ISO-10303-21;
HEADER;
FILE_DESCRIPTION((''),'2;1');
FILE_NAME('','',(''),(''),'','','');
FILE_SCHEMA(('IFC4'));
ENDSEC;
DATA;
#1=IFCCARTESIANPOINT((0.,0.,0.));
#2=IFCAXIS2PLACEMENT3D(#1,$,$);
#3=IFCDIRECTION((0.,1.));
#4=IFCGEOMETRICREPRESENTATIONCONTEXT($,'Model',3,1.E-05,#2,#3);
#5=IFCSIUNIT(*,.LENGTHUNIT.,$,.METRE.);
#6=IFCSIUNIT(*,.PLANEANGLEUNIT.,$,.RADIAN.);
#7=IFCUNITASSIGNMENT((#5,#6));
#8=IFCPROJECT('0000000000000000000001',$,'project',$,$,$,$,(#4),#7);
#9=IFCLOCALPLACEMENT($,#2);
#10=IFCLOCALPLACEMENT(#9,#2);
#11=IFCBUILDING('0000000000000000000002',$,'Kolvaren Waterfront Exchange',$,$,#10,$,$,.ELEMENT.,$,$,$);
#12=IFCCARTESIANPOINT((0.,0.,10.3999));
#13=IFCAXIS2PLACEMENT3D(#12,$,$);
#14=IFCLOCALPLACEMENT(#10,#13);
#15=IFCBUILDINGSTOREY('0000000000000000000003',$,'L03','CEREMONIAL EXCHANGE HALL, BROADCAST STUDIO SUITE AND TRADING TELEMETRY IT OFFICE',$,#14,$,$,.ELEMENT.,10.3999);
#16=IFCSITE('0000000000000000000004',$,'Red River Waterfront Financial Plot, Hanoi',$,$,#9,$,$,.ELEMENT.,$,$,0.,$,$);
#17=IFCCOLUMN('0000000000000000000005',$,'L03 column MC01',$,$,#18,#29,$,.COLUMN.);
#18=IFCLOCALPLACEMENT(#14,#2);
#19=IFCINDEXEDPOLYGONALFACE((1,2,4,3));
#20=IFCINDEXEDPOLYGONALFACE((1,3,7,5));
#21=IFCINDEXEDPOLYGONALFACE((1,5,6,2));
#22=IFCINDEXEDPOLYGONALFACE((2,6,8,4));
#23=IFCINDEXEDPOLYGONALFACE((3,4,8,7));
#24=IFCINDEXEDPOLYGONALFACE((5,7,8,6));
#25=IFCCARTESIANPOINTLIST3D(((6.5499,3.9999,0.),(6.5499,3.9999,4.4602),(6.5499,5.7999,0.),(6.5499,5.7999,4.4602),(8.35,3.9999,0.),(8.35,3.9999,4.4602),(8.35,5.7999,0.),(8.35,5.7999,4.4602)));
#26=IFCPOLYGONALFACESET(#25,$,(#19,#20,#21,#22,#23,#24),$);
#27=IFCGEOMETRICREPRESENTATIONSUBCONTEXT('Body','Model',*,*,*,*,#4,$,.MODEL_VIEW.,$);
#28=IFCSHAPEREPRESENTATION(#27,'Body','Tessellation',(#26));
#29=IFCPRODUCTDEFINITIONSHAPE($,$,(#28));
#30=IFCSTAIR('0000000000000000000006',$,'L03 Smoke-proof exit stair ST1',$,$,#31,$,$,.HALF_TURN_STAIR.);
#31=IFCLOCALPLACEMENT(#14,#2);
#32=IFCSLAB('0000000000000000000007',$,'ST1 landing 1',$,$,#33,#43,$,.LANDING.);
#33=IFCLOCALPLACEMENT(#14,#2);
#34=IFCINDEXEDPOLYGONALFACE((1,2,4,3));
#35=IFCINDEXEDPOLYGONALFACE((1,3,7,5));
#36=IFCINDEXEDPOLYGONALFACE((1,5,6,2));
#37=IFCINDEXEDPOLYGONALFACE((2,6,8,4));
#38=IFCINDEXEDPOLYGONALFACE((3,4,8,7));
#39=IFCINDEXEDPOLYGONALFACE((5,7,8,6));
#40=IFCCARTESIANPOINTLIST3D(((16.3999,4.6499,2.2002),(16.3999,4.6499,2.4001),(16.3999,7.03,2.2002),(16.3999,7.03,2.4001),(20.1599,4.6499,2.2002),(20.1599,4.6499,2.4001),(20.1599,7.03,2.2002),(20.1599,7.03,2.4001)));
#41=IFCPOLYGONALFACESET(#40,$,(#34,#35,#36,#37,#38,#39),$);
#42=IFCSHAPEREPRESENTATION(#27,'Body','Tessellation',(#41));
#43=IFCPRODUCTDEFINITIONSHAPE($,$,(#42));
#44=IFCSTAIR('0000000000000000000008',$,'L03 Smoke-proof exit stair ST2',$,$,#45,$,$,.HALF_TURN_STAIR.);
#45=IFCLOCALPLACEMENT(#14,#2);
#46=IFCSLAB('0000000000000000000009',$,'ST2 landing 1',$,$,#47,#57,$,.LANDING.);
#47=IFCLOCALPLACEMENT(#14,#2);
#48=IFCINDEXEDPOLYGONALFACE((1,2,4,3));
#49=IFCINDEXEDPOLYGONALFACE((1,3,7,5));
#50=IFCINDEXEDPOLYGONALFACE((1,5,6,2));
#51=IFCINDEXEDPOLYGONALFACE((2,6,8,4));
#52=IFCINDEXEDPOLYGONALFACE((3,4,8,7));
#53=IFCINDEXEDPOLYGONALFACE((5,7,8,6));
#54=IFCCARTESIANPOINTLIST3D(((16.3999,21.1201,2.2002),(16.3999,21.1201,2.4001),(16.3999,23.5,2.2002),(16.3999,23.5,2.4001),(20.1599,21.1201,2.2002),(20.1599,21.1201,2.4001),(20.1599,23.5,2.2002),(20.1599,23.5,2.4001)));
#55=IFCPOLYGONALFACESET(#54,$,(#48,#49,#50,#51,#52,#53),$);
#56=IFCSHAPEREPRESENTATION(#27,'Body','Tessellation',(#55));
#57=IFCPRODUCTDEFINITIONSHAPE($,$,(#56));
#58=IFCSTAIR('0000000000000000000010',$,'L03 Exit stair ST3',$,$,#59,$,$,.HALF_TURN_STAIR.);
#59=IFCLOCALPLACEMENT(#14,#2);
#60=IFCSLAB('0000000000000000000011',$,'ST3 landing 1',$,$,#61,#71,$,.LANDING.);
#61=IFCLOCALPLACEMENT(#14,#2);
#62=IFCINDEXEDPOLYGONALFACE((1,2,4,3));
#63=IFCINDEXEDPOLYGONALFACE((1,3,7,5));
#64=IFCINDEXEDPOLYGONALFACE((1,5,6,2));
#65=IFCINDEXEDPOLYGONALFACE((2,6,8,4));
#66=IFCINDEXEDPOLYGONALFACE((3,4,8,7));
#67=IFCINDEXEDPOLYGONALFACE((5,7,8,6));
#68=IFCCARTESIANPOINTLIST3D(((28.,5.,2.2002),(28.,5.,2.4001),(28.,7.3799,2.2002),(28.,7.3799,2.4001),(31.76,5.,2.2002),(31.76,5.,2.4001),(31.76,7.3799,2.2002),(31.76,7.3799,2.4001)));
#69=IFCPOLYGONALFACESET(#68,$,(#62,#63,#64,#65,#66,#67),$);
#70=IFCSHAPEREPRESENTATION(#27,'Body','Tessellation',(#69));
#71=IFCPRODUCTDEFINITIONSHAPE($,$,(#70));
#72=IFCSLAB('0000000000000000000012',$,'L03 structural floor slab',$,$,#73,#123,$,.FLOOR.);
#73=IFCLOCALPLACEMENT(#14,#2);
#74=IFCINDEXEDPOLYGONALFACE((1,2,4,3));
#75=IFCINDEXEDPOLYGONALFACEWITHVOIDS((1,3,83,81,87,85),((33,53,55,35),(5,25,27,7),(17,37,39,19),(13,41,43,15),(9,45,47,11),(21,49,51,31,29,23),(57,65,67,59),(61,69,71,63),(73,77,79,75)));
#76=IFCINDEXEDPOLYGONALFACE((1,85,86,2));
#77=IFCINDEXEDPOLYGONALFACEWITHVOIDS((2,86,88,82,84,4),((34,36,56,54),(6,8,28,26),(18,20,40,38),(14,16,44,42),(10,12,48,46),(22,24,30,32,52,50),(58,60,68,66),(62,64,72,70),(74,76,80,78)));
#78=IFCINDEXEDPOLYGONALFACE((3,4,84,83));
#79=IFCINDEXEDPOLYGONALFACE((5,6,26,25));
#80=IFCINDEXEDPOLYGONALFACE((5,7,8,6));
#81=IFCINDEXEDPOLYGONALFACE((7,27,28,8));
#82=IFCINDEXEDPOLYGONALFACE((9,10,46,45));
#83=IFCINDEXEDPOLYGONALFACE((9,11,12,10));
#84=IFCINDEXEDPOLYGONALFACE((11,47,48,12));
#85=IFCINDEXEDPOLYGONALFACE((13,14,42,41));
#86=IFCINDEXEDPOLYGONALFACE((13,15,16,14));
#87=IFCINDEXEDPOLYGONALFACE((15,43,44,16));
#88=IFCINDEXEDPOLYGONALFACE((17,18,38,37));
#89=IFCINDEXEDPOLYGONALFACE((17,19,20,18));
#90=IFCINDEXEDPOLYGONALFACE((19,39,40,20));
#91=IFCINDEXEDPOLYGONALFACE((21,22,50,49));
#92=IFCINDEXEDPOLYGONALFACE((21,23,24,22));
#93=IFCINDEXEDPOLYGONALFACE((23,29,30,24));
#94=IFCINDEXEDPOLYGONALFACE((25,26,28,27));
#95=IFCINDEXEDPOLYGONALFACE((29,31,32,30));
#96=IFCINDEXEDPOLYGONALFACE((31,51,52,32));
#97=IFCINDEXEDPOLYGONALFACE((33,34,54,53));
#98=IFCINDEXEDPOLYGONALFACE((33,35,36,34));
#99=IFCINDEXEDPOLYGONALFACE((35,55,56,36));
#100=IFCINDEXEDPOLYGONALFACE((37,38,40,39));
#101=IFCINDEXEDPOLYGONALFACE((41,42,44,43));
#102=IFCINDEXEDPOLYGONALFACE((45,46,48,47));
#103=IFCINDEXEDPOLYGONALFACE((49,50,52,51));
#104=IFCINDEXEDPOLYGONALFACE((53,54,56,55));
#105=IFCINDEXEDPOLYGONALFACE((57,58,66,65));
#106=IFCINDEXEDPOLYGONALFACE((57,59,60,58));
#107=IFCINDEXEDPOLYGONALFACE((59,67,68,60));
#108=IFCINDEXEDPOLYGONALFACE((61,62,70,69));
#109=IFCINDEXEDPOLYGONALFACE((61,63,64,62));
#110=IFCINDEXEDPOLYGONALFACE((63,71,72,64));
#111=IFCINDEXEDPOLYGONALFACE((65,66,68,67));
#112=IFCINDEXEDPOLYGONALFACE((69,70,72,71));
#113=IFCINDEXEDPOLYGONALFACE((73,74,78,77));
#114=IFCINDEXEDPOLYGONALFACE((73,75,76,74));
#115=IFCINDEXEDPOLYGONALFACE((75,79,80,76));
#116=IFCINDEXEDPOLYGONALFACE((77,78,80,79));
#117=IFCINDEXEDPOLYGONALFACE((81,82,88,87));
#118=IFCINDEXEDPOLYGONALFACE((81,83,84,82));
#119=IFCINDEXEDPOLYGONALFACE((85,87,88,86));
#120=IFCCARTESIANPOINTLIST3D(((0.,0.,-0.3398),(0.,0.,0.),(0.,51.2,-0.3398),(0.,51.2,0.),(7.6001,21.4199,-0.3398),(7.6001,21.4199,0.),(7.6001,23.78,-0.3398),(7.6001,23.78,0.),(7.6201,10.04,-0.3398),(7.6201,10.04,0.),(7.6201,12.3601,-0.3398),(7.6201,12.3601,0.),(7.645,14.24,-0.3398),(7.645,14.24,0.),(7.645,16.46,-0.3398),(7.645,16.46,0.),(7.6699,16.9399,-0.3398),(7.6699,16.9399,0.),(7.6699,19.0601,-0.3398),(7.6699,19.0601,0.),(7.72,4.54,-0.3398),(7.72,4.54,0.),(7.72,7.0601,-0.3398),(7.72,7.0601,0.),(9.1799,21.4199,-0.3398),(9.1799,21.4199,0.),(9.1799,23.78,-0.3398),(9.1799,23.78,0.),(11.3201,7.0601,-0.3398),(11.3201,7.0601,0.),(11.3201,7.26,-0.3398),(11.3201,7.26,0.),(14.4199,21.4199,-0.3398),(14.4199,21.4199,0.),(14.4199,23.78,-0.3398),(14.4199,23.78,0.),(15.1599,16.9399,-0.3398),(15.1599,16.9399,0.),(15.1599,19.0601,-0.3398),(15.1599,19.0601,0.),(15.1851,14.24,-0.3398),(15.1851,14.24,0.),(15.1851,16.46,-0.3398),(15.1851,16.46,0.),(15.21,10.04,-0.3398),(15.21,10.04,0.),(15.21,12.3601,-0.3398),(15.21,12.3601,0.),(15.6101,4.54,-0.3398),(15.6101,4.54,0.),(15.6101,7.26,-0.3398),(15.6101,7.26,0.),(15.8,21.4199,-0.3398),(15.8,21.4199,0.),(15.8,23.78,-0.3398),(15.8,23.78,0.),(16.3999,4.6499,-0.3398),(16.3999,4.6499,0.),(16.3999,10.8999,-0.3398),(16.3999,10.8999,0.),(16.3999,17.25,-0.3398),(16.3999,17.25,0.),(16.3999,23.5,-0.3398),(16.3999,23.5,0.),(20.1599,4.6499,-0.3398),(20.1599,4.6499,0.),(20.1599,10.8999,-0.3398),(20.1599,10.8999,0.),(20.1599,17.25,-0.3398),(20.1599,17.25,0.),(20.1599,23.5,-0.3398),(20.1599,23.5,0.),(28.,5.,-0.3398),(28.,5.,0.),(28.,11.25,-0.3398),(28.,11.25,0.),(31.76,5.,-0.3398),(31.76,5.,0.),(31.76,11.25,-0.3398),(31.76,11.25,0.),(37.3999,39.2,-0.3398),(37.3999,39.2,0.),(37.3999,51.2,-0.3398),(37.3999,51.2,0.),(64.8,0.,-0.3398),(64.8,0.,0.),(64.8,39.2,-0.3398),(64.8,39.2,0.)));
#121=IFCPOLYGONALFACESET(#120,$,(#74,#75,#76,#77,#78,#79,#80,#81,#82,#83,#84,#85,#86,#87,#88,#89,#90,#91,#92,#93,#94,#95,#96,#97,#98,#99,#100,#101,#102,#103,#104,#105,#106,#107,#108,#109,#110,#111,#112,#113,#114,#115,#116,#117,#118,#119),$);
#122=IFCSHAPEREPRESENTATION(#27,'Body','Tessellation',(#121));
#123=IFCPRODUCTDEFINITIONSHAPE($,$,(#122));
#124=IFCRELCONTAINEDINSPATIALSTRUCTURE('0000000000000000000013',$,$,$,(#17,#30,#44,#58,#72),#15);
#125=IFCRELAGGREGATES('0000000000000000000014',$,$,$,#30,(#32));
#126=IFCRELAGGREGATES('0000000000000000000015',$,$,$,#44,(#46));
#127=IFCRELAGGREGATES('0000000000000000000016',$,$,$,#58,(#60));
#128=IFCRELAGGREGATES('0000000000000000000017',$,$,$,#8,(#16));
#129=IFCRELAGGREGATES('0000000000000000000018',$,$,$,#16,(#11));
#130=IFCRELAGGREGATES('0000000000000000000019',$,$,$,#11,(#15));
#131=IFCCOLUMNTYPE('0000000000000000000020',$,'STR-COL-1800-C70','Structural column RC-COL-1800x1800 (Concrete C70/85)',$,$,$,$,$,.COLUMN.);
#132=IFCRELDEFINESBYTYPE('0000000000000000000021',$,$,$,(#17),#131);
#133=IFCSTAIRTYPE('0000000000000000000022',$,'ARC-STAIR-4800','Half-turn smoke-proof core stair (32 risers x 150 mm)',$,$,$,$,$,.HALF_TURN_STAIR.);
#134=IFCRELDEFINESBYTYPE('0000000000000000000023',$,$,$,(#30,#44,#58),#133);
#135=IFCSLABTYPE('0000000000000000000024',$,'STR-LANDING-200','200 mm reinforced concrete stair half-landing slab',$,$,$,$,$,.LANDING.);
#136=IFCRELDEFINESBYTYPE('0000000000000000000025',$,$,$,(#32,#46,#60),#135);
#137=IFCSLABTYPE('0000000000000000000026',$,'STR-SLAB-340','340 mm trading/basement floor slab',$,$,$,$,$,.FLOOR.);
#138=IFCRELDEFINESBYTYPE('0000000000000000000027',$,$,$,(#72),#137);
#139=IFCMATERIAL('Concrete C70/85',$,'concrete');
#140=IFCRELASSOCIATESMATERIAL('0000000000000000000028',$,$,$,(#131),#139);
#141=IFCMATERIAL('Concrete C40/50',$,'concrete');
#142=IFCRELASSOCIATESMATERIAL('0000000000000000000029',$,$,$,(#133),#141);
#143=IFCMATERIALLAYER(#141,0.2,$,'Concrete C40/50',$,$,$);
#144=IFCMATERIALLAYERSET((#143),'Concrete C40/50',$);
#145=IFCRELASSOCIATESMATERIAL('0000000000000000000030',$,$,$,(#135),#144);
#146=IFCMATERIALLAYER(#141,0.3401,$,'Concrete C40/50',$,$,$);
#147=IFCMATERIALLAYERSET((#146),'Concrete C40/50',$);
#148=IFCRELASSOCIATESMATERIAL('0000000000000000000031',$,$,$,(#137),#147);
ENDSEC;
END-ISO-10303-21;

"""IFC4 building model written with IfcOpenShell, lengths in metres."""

from ifc_helpers import new_model, si_unit, direction, frame, origin, origin_2d, place, context, subcontext, project, spatial, polyline, rectangle, outline, extrude, material, layer, layer_set, material_profile, profile_set, type_object, element, aggregate, save


model = new_model("IFC4")

# Units and contexts
model_context = context("Model", 3, precision=1e-05, world=origin(), true_north=direction((0.0, 1.0)))
body_context = subcontext(model_context, "Body", "Model", "MODEL_VIEW")
ifc_project = project(units=[si_unit("LENGTHUNIT", "METRE"), si_unit("PLANEANGLEUNIT", "RADIAN")], contexts=[model_context])

# Site, building, storey
site_placement = place(None, origin())
site = spatial("IfcSite", under=ifc_project, at=site_placement, Name="Red River Waterfront Financial Plot, Hanoi", CompositionType="ELEMENT", RefElevation=0.0)
building_placement = place(site_placement, origin())
building = spatial("IfcBuilding", under=site, at=building_placement, Name="Kolvaren Waterfront Exchange", CompositionType="ELEMENT")
storey_placement = place(building_placement, frame((0.0, 0.0, 10.3999)))
storey = spatial("IfcBuildingStorey", under=building, at=storey_placement, Name="L03", Description="CEREMONIAL EXCHANGE HALL, BROADCAST STUDIO SUITE AND TRADING TELEMETRY IT OFFICE", CompositionType="ELEMENT", Elevation=10.3999)

# Column
ifc_material_1 = material(Name="Concrete C70/85", Category="concrete")
ifc_material_profile = material_profile(ifc_material_1, rectangle(XDim=1.8, YDim=1.8, at=origin_2d()), Name="RC-COL-1800x1800")
ifc_profile_set = profile_set([ifc_material_profile], Name="Concrete C70/85")
column_type = type_object("IfcColumnType", Name="STR-COL-1800-C70", Description="Structural column RC-COL-1800x1800 (Concrete C70/85)", PredefinedType="COLUMN", material=ifc_profile_set)
column_placement = place(storey_placement, frame((7.45, 4.8999, 0.0), z_axis=(0.0, 0.0, 1.0), x_axis=(1.0, 0.0, 0.0)))
element("IfcColumn", 1, at=column_placement, inside=storey, type_object=column_type, Name="L03 column MC01", PredefinedType="COLUMN", context=body_context, shape_type="SweptSolid", body=[
    extrude(rectangle(XDim=1.8, YDim=1.8, at=origin_2d()), origin(), (0.0, 0.0, 1.0), 4.4602),
])

# Stairs, slabs
ifc_material_2 = material(Name="Concrete C40/50", Category="concrete")
stair_type = type_object("IfcStairType", Name="ARC-STAIR-4800", Description="Half-turn smoke-proof core stair (32 risers x 150 mm)", PredefinedType="HALF_TURN_STAIR", material=ifc_material_2)
stair_1_placement = place(storey_placement, origin())
stair_1 = element("IfcStair", 2, at=stair_1_placement, inside=storey, type_object=stair_type, Name="L03 Smoke-proof exit stair ST1", PredefinedType="HALF_TURN_STAIR")
ifc_layer_1 = layer(ifc_material_2, 0.2, Name="Concrete C40/50")
ifc_layer_set_1 = layer_set([ifc_layer_1], Name="Concrete C40/50")
slab_type_1 = type_object("IfcSlabType", Name="STR-LANDING-200", Description="200 mm reinforced concrete stair half-landing slab", PredefinedType="LANDING", material=ifc_layer_set_1)
slab_1_placement = place(storey_placement, frame((0.0, 0.0, 2.2002)))
slab_1 = element("IfcSlab", 3, at=slab_1_placement, type_object=slab_type_1, Name="ST1 landing 1", PredefinedType="LANDING", context=body_context, shape_type="SweptSolid", body=[
    extrude(outline(polyline([(16.3999, 7.03), (16.3999, 4.6499), (20.1599, 4.6499), (20.1599, 7.03), (16.3999, 7.03)])), origin(), (0.0, 0.0, 1.0), 0.2),
])
aggregate(stair_1, [slab_1])
stair_2_placement = place(storey_placement, origin())
stair_2 = element("IfcStair", 4, at=stair_2_placement, inside=storey, type_object=stair_type, Name="L03 Smoke-proof exit stair ST2", PredefinedType="HALF_TURN_STAIR")
slab_2_placement = place(storey_placement, frame((0.0, 0.0, 2.2002)))
slab_2 = element("IfcSlab", 5, at=slab_2_placement, type_object=slab_type_1, Name="ST2 landing 1", PredefinedType="LANDING", context=body_context, shape_type="SweptSolid", body=[
    extrude(outline(polyline([(20.1599, 21.1201), (20.1599, 23.5), (16.3999, 23.5), (16.3999, 21.1201), (20.1599, 21.1201)])), origin(), (0.0, 0.0, 1.0), 0.2),
])
aggregate(stair_2, [slab_2])
stair_3_placement = place(storey_placement, origin())
stair_3 = element("IfcStair", 6, at=stair_3_placement, inside=storey, type_object=stair_type, Name="L03 Exit stair ST3", PredefinedType="HALF_TURN_STAIR")
slab_3_placement = place(storey_placement, frame((0.0, 0.0, 2.2002)))
slab_3 = element("IfcSlab", 7, at=slab_3_placement, type_object=slab_type_1, Name="ST3 landing 1", PredefinedType="LANDING", context=body_context, shape_type="SweptSolid", body=[
    extrude(outline(polyline([(28.0, 7.3799), (28.0, 5.0), (31.76, 5.0), (31.76, 7.3799), (28.0, 7.3799)])), origin(), (0.0, 0.0, 1.0), 0.2),
])
aggregate(stair_3, [slab_3])

# Slab
ifc_layer_2 = layer(ifc_material_2, 0.3401, Name="Concrete C40/50")
ifc_layer_set_2 = layer_set([ifc_layer_2], Name="Concrete C40/50")
slab_type_2 = type_object("IfcSlabType", Name="STR-SLAB-340", Description="340 mm trading/basement floor slab", PredefinedType="FLOOR", material=ifc_layer_set_2)
slab_4_placement = place(storey_placement, frame((0.0, 0.0, -0.3398)))
element("IfcSlab", 8, at=slab_4_placement, inside=storey, type_object=slab_type_2, Name="L03 structural floor slab", PredefinedType="FLOOR", context=body_context, shape_type="SweptSolid", body=[
    extrude(outline(polyline([(0.0, 0.0), (64.8, 0.0), (64.8, 39.2), (37.3999, 39.2), (37.3999, 51.2), (0.0, 51.2), (0.0, 0.0)]), holes=[polyline([(11.3201, 7.26), (15.6101, 7.26), (15.6101, 4.54), (7.72, 4.54), (7.72, 7.0601), (11.3201, 7.0601), (11.3201, 7.26)]), polyline([(20.1599, 4.6499), (16.3999, 4.6499), (16.3999, 10.8999), (20.1599, 10.8999), (20.1599, 4.6499)]), polyline([(31.76, 5.0), (28.0, 5.0), (28.0, 11.25), (31.76, 11.25), (31.76, 5.0)]), polyline([(15.21, 10.04), (7.6201, 10.04), (7.6201, 12.3601), (15.21, 12.3601), (15.21, 10.04)]), polyline([(7.645, 16.46), (15.1851, 16.46), (15.1851, 14.24), (7.645, 14.24), (7.645, 16.46)]), polyline([(15.1599, 16.9399), (7.6699, 16.9399), (7.6699, 19.0601), (15.1599, 19.0601), (15.1599, 16.9399)]), polyline([(16.3999, 23.5), (20.1599, 23.5), (20.1599, 17.25), (16.3999, 17.25), (16.3999, 23.5)]), polyline([(7.6001, 23.78), (9.1799, 23.78), (9.1799, 21.4199), (7.6001, 21.4199), (7.6001, 23.78)]), polyline([(15.8, 23.78), (15.8, 21.4199), (14.4199, 21.4199), (14.4199, 23.78), (15.8, 23.78)])]), origin(), (0.0, 0.0, 1.0), 0.3398),
])

save(model, "model.ifc")
